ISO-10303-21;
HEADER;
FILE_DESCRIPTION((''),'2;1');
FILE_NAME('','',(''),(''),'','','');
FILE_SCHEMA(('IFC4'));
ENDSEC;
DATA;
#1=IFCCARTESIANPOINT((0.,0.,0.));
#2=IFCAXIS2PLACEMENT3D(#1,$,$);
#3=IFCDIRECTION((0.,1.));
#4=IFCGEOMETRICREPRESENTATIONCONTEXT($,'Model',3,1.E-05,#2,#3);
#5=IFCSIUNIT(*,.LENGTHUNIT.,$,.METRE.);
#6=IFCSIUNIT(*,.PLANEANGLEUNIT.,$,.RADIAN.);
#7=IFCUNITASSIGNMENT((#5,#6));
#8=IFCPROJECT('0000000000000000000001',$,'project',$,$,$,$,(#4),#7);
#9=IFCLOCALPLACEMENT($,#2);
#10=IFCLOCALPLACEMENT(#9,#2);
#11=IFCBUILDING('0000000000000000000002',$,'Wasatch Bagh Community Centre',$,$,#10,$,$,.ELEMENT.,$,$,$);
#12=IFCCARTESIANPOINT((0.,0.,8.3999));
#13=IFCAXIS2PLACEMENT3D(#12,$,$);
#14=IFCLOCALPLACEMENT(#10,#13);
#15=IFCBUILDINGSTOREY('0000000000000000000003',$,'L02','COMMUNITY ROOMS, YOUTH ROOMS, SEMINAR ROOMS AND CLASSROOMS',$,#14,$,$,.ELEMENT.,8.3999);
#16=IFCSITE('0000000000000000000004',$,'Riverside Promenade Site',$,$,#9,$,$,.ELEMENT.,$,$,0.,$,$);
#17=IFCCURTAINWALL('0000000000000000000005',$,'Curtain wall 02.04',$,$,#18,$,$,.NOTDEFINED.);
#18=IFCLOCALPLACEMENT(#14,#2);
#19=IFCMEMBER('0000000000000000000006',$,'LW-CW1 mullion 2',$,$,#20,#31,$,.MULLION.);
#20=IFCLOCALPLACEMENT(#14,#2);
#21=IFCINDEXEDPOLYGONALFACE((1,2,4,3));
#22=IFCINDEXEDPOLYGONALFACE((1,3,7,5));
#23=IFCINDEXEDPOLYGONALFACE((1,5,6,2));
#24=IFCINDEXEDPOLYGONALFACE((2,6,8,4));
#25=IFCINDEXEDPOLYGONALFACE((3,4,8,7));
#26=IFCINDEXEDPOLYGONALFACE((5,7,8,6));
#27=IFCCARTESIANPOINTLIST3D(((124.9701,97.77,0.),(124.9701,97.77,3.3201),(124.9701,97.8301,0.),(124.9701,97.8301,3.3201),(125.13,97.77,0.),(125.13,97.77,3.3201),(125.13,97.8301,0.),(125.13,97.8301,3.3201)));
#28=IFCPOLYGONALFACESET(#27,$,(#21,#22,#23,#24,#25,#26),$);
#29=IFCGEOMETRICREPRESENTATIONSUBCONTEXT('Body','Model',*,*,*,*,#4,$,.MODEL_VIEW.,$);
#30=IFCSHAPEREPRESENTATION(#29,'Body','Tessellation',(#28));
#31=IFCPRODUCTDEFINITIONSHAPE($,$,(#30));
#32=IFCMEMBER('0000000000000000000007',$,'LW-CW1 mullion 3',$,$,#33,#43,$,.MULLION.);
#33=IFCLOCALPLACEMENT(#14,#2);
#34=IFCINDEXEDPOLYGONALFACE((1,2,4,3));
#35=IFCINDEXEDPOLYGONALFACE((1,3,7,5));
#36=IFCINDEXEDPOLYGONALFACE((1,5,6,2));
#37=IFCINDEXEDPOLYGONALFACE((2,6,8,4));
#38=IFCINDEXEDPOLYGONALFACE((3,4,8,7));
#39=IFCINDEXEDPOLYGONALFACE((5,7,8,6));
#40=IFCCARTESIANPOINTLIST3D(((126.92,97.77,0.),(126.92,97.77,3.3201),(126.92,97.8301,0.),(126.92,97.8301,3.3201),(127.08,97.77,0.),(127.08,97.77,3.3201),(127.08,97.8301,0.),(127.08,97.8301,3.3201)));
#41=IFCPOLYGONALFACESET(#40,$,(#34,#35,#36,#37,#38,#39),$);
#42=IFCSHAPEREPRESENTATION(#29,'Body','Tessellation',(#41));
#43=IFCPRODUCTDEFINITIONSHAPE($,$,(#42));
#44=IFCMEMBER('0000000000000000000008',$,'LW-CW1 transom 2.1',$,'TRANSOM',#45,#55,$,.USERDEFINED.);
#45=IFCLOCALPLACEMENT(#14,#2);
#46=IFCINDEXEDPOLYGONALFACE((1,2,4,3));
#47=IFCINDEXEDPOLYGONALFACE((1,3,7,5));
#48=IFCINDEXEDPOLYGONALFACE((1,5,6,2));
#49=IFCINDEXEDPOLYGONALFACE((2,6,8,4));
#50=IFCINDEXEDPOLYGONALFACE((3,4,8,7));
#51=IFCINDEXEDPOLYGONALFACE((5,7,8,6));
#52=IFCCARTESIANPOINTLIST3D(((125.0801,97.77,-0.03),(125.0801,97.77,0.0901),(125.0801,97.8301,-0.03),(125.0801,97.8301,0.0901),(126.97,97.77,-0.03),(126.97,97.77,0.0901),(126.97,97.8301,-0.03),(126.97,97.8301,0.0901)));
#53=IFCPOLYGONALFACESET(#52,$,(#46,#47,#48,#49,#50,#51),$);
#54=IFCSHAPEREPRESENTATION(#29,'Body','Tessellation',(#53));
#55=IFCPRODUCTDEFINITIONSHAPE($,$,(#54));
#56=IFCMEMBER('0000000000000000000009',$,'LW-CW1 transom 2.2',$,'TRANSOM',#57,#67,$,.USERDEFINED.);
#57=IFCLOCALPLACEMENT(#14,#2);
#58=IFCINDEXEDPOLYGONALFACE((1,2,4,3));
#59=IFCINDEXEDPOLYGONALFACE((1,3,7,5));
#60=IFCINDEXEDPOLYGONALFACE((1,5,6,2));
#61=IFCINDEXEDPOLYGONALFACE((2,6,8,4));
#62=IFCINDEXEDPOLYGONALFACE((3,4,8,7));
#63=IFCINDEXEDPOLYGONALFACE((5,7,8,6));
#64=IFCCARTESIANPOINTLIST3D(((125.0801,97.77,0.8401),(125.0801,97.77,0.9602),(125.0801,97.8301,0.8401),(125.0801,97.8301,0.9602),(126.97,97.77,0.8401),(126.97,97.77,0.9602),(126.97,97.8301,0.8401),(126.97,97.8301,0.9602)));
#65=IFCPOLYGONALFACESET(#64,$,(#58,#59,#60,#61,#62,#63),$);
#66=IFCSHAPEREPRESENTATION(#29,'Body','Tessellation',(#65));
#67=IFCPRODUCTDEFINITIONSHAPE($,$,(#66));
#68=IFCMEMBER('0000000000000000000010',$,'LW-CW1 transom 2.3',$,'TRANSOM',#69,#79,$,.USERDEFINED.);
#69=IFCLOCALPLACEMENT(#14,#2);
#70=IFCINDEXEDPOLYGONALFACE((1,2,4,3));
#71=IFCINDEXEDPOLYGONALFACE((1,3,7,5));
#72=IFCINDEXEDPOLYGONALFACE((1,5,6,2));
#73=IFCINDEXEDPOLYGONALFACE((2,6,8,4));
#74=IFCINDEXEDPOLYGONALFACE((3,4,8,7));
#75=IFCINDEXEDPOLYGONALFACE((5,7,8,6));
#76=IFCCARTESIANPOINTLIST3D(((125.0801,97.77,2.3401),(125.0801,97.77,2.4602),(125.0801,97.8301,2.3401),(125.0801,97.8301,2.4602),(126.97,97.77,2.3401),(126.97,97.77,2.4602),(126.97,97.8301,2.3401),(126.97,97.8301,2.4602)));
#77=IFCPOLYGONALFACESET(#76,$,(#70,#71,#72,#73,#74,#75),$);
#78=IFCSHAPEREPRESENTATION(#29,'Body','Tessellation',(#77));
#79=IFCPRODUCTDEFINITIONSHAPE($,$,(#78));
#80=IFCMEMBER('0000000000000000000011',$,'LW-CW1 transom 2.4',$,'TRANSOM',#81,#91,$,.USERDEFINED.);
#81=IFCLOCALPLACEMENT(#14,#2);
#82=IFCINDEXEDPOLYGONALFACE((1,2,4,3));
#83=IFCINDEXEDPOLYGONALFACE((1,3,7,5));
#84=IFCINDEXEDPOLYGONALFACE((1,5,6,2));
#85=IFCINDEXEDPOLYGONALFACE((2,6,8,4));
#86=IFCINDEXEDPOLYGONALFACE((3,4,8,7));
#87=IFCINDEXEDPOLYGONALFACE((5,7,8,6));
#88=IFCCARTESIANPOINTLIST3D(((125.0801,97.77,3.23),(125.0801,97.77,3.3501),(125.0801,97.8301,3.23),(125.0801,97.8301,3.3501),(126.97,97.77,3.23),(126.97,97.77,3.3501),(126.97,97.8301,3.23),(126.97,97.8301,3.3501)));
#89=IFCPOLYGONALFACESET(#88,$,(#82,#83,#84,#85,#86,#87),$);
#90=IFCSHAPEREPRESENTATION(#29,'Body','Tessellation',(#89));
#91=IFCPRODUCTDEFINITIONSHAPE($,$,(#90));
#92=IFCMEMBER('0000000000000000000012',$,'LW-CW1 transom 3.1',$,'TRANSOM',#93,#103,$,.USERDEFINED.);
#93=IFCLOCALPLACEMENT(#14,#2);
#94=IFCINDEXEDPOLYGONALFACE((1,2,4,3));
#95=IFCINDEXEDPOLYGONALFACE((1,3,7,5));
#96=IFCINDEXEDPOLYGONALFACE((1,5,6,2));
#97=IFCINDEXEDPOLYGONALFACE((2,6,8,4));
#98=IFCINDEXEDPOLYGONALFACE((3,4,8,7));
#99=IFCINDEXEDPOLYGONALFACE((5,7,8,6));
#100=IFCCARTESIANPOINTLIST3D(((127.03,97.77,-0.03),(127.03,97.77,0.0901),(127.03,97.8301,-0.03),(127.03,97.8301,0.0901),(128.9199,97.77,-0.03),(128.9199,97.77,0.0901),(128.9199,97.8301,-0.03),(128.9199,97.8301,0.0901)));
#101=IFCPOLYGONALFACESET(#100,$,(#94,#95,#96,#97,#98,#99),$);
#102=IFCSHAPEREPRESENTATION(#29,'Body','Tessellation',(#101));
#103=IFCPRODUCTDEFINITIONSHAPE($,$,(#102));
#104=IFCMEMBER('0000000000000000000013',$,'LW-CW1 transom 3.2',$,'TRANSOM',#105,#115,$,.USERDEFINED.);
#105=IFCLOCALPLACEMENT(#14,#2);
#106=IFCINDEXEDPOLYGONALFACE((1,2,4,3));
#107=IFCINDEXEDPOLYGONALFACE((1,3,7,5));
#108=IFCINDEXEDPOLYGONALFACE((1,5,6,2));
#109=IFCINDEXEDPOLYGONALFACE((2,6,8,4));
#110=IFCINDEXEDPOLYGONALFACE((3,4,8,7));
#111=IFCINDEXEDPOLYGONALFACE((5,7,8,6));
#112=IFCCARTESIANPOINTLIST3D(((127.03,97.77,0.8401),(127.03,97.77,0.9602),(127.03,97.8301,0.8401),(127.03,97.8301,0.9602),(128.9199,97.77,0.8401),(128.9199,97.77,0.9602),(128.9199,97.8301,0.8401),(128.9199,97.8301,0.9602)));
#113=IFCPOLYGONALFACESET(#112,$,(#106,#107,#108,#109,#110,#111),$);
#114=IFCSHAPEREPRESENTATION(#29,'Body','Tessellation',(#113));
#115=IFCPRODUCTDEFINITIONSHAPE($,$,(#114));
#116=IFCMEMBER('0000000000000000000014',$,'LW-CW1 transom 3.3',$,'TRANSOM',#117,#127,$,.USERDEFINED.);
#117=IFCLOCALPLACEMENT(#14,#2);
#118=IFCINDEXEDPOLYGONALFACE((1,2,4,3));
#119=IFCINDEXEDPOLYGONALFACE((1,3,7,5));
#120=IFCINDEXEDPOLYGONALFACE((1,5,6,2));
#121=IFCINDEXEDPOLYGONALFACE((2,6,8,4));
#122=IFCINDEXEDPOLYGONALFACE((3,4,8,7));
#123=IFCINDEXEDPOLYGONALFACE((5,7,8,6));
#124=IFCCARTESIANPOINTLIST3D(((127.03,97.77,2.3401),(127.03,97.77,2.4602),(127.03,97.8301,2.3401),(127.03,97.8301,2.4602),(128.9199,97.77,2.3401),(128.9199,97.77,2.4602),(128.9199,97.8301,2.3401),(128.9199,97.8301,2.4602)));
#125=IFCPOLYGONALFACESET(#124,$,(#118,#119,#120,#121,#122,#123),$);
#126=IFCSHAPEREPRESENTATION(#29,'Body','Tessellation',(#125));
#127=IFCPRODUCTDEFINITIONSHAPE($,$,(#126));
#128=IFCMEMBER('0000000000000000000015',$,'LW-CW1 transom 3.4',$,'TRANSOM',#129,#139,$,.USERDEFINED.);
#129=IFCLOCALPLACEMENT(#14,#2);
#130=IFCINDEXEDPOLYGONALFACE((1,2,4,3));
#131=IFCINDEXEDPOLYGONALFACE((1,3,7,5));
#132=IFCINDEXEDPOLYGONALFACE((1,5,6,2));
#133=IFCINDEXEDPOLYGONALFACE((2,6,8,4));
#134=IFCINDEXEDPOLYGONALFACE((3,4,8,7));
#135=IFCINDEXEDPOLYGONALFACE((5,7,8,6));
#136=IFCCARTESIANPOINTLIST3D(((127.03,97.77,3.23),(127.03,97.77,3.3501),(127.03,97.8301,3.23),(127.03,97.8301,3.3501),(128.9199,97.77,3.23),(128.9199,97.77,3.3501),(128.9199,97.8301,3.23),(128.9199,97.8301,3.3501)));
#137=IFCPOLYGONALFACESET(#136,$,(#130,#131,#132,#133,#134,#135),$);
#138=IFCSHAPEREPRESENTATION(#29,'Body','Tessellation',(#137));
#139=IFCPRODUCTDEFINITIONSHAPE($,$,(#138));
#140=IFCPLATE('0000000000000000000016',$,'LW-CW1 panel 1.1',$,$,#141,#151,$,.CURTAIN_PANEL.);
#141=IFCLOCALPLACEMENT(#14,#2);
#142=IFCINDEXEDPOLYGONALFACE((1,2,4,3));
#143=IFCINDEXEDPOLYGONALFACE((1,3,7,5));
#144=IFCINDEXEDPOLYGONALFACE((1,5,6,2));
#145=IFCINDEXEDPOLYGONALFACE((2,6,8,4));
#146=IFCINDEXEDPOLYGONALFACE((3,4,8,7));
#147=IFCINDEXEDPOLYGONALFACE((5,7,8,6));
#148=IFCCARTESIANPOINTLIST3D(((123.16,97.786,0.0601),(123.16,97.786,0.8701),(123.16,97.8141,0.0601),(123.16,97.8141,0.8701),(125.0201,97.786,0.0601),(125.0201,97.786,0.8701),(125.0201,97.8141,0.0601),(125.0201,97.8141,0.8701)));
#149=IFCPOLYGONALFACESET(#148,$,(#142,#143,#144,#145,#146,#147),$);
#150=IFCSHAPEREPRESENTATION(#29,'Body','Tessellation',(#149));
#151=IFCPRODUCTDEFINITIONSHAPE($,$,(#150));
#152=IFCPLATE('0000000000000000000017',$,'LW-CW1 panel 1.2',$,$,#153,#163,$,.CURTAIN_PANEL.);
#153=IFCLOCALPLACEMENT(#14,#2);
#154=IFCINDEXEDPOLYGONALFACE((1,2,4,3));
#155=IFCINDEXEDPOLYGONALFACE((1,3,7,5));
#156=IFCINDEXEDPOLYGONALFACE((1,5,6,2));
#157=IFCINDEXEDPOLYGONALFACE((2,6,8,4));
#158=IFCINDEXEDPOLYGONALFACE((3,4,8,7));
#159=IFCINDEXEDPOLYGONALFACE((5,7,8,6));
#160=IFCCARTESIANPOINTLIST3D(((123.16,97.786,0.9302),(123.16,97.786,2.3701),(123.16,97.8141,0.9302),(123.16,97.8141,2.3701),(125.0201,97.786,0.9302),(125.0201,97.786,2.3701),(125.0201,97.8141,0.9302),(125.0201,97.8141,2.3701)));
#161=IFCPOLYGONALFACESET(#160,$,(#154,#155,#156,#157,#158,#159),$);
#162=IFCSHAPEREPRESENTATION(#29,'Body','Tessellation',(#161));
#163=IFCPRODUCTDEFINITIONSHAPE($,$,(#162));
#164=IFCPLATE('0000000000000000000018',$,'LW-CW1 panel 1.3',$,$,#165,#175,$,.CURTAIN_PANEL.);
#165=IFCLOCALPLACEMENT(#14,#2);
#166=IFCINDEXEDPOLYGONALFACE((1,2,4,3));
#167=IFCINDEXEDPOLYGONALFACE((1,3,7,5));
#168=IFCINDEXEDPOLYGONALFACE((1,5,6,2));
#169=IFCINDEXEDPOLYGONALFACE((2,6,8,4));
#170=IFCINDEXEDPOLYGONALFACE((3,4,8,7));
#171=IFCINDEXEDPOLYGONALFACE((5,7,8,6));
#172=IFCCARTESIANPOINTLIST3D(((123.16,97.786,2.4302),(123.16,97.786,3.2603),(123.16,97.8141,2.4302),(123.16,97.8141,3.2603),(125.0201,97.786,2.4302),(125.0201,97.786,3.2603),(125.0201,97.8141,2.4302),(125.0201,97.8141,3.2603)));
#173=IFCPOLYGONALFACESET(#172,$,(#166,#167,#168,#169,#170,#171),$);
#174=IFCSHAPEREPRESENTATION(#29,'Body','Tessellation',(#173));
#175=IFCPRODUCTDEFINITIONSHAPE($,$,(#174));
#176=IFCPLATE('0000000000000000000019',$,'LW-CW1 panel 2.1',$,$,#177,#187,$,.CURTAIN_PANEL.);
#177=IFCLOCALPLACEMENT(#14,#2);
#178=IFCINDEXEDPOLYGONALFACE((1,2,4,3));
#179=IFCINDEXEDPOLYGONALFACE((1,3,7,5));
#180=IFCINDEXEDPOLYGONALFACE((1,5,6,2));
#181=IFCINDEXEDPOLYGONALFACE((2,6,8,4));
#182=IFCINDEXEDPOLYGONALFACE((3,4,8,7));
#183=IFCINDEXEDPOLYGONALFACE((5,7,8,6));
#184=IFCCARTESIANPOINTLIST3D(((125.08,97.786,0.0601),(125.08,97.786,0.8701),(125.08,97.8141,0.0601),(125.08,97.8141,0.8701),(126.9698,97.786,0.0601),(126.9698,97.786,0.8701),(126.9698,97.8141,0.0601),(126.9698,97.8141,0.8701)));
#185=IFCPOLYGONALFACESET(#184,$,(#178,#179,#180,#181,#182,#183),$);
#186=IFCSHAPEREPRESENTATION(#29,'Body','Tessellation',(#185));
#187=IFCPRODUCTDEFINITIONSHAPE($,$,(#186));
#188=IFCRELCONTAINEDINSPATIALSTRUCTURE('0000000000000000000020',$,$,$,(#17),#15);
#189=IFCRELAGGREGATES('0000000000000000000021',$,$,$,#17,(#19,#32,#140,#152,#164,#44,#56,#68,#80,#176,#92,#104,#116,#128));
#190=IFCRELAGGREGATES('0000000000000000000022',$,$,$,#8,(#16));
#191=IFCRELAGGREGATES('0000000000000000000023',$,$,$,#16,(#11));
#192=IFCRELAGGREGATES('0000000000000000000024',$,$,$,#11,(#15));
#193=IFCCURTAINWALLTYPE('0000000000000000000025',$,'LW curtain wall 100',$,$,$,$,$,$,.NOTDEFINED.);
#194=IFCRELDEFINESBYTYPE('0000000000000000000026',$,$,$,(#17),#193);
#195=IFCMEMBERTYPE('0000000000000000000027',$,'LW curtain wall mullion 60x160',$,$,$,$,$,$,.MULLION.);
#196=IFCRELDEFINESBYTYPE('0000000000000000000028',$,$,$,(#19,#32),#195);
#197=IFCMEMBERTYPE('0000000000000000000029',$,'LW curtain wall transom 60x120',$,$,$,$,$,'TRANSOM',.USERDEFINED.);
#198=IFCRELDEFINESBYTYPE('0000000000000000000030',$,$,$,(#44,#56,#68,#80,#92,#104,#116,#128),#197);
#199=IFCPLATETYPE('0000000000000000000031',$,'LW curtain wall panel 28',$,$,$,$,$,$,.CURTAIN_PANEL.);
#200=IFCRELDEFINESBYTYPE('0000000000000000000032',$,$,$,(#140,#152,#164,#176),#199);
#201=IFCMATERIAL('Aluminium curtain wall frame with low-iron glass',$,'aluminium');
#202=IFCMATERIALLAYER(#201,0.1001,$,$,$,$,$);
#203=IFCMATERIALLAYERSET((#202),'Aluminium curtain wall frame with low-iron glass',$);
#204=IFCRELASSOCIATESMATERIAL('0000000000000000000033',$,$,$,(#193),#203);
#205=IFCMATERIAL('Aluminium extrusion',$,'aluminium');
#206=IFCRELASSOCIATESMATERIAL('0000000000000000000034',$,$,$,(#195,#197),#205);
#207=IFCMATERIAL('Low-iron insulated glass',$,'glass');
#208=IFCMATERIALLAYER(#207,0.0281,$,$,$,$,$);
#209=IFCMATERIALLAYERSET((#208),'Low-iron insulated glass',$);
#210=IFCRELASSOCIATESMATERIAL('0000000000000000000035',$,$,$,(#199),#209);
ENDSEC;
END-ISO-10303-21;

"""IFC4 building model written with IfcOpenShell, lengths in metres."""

from ifc_helpers import new_model, si_unit, direction, frame, origin, origin_2d, place, context, subcontext, project, spatial, rectangle, extrude, material, layer, layer_set, material_profile, profile_set, type_object, element, aggregate, save


model = new_model("IFC4")

# Units and contexts
model_context = context("Model", 3, precision=1e-05, world=origin(), true_north=direction((0.0, 1.0)))
body_context = subcontext(model_context, "Body", "Model", "MODEL_VIEW")
ifc_project = project(units=[si_unit("LENGTHUNIT", "METRE"), si_unit("PLANEANGLEUNIT", "RADIAN")], contexts=[model_context])

# Site, building, storey
site_placement = place(None, origin())
site = spatial("IfcSite", under=ifc_project, at=site_placement, Name="Riverside Promenade Site", CompositionType="ELEMENT", RefElevation=0.0)
building_placement = place(site_placement, origin())
building = spatial("IfcBuilding", under=site, at=building_placement, Name="Wasatch Bagh Community Centre", CompositionType="ELEMENT")
storey_placement = place(building_placement, frame((0.0, 0.0, 8.3999)))
storey = spatial("IfcBuildingStorey", under=building, at=storey_placement, Name="L02", Description="COMMUNITY ROOMS, YOUTH ROOMS, SEMINAR ROOMS AND CLASSROOMS", CompositionType="ELEMENT", Elevation=8.3999)

# Curtain wall, members, plates
ifc_material_1 = material(Name="Aluminium curtain wall frame with low-iron glass", Category="aluminium")
ifc_layer_1 = layer(ifc_material_1, 0.1001)
ifc_layer_set_1 = layer_set([ifc_layer_1], Name="Aluminium curtain wall frame with low-iron glass")
curtain_wall_type = type_object("IfcCurtainWallType", Name="LW curtain wall 100", PredefinedType="NOTDEFINED", material=ifc_layer_set_1)
curtain_wall_placement = place(storey_placement, origin())
curtain_wall = element("IfcCurtainWall", 1, at=curtain_wall_placement, inside=storey, type_object=curtain_wall_type, Name="Curtain wall 02.04", PredefinedType="NOTDEFINED")
ifc_material_2 = material(Name="Aluminium extrusion", Category="aluminium")
ifc_material_profile_1 = material_profile(ifc_material_2, rectangle(XDim=0.0601, YDim=0.1599, at=origin_2d()), Name="AL 60x160")
ifc_profile_set_1 = profile_set([ifc_material_profile_1], Name="Aluminium extrusion")
member_type_1 = type_object("IfcMemberType", Name="LW curtain wall mullion 60x160", PredefinedType="MULLION", material=ifc_profile_set_1)
member_1_placement = place(storey_placement, frame((125.05, 97.8, 0.0), z_axis=(0.0, 0.0, 1.0), x_axis=(0.0, 1.0, 0.0)))
member_1 = element("IfcMember", 2, at=member_1_placement, type_object=member_type_1, Name="LW-CW1 mullion 2", PredefinedType="MULLION", context=body_context, shape_type="SweptSolid", body=[
    extrude(rectangle(XDim=0.0601, YDim=0.1599, at=origin_2d()), origin(), (0.0, 0.0, 1.0), 3.3201),
])
member_2_placement = place(storey_placement, frame((127.0, 97.8, 0.0), z_axis=(0.0, 0.0, 1.0), x_axis=(0.0, 1.0, 0.0)))
member_2 = element("IfcMember", 3, at=member_2_placement, type_object=member_type_1, Name="LW-CW1 mullion 3", PredefinedType="MULLION", context=body_context, shape_type="SweptSolid", body=[
    extrude(rectangle(XDim=0.0601, YDim=0.1599, at=origin_2d()), origin(), (0.0, 0.0, 1.0), 3.3201),
])
ifc_material_profile_2 = material_profile(ifc_material_2, rectangle(XDim=0.0601, YDim=0.1201, at=origin_2d()), Name="AL 60x120")
ifc_profile_set_2 = profile_set([ifc_material_profile_2], Name="Aluminium extrusion")
member_type_2 = type_object("IfcMemberType", Name="LW curtain wall transom 60x120", ElementType="TRANSOM", PredefinedType="USERDEFINED", material=ifc_profile_set_2)
member_3_placement = place(storey_placement, frame((125.0801, 97.8, 0.03), z_axis=(1.0, 0.0, 0.0), x_axis=(0.0, 1.0, 0.0)))
member_3 = element("IfcMember", 4, at=member_3_placement, type_object=member_type_2, Name="LW-CW1 transom 2.1", ObjectType="TRANSOM", PredefinedType="USERDEFINED", context=body_context, shape_type="SweptSolid", body=[
    extrude(rectangle(XDim=0.0601, YDim=0.1201, at=origin_2d()), origin(), (0.0, 0.0, 1.0), 1.8899),
])
member_4_placement = place(storey_placement, frame((125.0801, 97.8, 0.9001), z_axis=(1.0, 0.0, 0.0), x_axis=(0.0, 1.0, 0.0)))
member_4 = element("IfcMember", 5, at=member_4_placement, type_object=member_type_2, Name="LW-CW1 transom 2.2", ObjectType="TRANSOM", PredefinedType="USERDEFINED", context=body_context, shape_type="SweptSolid", body=[
    extrude(rectangle(XDim=0.0601, YDim=0.1201, at=origin_2d()), origin(), (0.0, 0.0, 1.0), 1.8899),
])
member_5_placement = place(storey_placement, frame((125.0801, 97.8, 2.4001), z_axis=(1.0, 0.0, 0.0), x_axis=(0.0, 1.0, 0.0)))
member_5 = element("IfcMember", 6, at=member_5_placement, type_object=member_type_2, Name="LW-CW1 transom 2.3", ObjectType="TRANSOM", PredefinedType="USERDEFINED", context=body_context, shape_type="SweptSolid", body=[
    extrude(rectangle(XDim=0.0601, YDim=0.1201, at=origin_2d()), origin(), (0.0, 0.0, 1.0), 1.8899),
])
member_6_placement = place(storey_placement, frame((125.0801, 97.8, 3.29), z_axis=(1.0, 0.0, 0.0), x_axis=(0.0, 1.0, 0.0)))
member_6 = element("IfcMember", 7, at=member_6_placement, type_object=member_type_2, Name="LW-CW1 transom 2.4", ObjectType="TRANSOM", PredefinedType="USERDEFINED", context=body_context, shape_type="SweptSolid", body=[
    extrude(rectangle(XDim=0.0601, YDim=0.1201, at=origin_2d()), origin(), (0.0, 0.0, 1.0), 1.8899),
])
member_7_placement = place(storey_placement, frame((127.03, 97.8, 0.03), z_axis=(1.0, 0.0, 0.0), x_axis=(0.0, 1.0, 0.0)))
member_7 = element("IfcMember", 8, at=member_7_placement, type_object=member_type_2, Name="LW-CW1 transom 3.1", ObjectType="TRANSOM", PredefinedType="USERDEFINED", context=body_context, shape_type="SweptSolid", body=[
    extrude(rectangle(XDim=0.0601, YDim=0.1201, at=origin_2d()), origin(), (0.0, 0.0, 1.0), 1.8899),
])
member_8_placement = place(storey_placement, frame((127.03, 97.8, 0.9001), z_axis=(1.0, 0.0, 0.0), x_axis=(0.0, 1.0, 0.0)))
member_8 = element("IfcMember", 9, at=member_8_placement, type_object=member_type_2, Name="LW-CW1 transom 3.2", ObjectType="TRANSOM", PredefinedType="USERDEFINED", context=body_context, shape_type="SweptSolid", body=[
    extrude(rectangle(XDim=0.0601, YDim=0.1201, at=origin_2d()), origin(), (0.0, 0.0, 1.0), 1.8899),
])
member_9_placement = place(storey_placement, frame((127.03, 97.8, 2.4001), z_axis=(1.0, 0.0, 0.0), x_axis=(0.0, 1.0, 0.0)))
member_9 = element("IfcMember", 10, at=member_9_placement, type_object=member_type_2, Name="LW-CW1 transom 3.3", ObjectType="TRANSOM", PredefinedType="USERDEFINED", context=body_context, shape_type="SweptSolid", body=[
    extrude(rectangle(XDim=0.0601, YDim=0.1201, at=origin_2d()), origin(), (0.0, 0.0, 1.0), 1.8899),
])
member_10_placement = place(storey_placement, frame((127.03, 97.8, 3.29), z_axis=(1.0, 0.0, 0.0), x_axis=(0.0, 1.0, 0.0)))
member_10 = element("IfcMember", 11, at=member_10_placement, type_object=member_type_2, Name="LW-CW1 transom 3.4", ObjectType="TRANSOM", PredefinedType="USERDEFINED", context=body_context, shape_type="SweptSolid", body=[
    extrude(rectangle(XDim=0.0601, YDim=0.1201, at=origin_2d()), origin(), (0.0, 0.0, 1.0), 1.8899),
])
ifc_material_3 = material(Name="Low-iron insulated glass", Category="glass")
ifc_layer_2 = layer(ifc_material_3, 0.0281)
ifc_layer_set_2 = layer_set([ifc_layer_2], Name="Low-iron insulated glass")
plate_type_1 = type_object("IfcPlateType", Name="LW curtain wall panel 28", PredefinedType="CURTAIN_PANEL", material=ifc_layer_set_2)
plate_1_placement = place(storey_placement, frame((124.0901, 97.8, 0.0601), z_axis=(0.0, 0.0, 1.0), x_axis=(1.0, 0.0, 0.0)))
plate_1 = element("IfcPlate", 12, at=plate_1_placement, type_object=plate_type_1, Name="LW-CW1 panel 1.1", PredefinedType="CURTAIN_PANEL", context=body_context, shape_type="SweptSolid", body=[
    extrude(rectangle(XDim=1.8601, YDim=0.0281, at=origin_2d()), origin(), (0.0, 0.0, 1.0), 0.8101),
])
plate_2_placement = place(storey_placement, frame((124.0901, 97.8, 0.9302), z_axis=(0.0, 0.0, 1.0), x_axis=(1.0, 0.0, 0.0)))
plate_2 = element("IfcPlate", 13, at=plate_2_placement, type_object=plate_type_1, Name="LW-CW1 panel 1.2", PredefinedType="CURTAIN_PANEL", context=body_context, shape_type="SweptSolid", body=[
    extrude(rectangle(XDim=1.8601, YDim=0.0281, at=origin_2d()), origin(), (0.0, 0.0, 1.0), 1.4399),
])
plate_3_placement = place(storey_placement, frame((124.0901, 97.8, 2.4302), z_axis=(0.0, 0.0, 1.0), x_axis=(1.0, 0.0, 0.0)))
plate_3 = element("IfcPlate", 14, at=plate_3_placement, type_object=plate_type_1, Name="LW-CW1 panel 1.3", PredefinedType="CURTAIN_PANEL", context=body_context, shape_type="SweptSolid", body=[
    extrude(rectangle(XDim=1.8601, YDim=0.0281, at=origin_2d()), origin(), (0.0, 0.0, 1.0), 0.8301),
])
plate_4_placement = place(storey_placement, frame((126.0249, 97.8, 0.0601), z_axis=(0.0, 0.0, 1.0), x_axis=(1.0, 0.0, 0.0)))
plate_4 = element("IfcPlate", 15, at=plate_4_placement, type_object=plate_type_1, Name="LW-CW1 panel 2.1", PredefinedType="CURTAIN_PANEL", context=body_context, shape_type="SweptSolid", body=[
    extrude(rectangle(XDim=1.8899, YDim=0.0281, at=origin_2d()), origin(), (0.0, 0.0, 1.0), 0.8101),
])
aggregate(curtain_wall, [member_1, member_2, plate_1, plate_2, plate_3, member_3, member_4, member_5, member_6, plate_4, member_7, member_8, member_9, member_10])

save(model, "model.ifc")
